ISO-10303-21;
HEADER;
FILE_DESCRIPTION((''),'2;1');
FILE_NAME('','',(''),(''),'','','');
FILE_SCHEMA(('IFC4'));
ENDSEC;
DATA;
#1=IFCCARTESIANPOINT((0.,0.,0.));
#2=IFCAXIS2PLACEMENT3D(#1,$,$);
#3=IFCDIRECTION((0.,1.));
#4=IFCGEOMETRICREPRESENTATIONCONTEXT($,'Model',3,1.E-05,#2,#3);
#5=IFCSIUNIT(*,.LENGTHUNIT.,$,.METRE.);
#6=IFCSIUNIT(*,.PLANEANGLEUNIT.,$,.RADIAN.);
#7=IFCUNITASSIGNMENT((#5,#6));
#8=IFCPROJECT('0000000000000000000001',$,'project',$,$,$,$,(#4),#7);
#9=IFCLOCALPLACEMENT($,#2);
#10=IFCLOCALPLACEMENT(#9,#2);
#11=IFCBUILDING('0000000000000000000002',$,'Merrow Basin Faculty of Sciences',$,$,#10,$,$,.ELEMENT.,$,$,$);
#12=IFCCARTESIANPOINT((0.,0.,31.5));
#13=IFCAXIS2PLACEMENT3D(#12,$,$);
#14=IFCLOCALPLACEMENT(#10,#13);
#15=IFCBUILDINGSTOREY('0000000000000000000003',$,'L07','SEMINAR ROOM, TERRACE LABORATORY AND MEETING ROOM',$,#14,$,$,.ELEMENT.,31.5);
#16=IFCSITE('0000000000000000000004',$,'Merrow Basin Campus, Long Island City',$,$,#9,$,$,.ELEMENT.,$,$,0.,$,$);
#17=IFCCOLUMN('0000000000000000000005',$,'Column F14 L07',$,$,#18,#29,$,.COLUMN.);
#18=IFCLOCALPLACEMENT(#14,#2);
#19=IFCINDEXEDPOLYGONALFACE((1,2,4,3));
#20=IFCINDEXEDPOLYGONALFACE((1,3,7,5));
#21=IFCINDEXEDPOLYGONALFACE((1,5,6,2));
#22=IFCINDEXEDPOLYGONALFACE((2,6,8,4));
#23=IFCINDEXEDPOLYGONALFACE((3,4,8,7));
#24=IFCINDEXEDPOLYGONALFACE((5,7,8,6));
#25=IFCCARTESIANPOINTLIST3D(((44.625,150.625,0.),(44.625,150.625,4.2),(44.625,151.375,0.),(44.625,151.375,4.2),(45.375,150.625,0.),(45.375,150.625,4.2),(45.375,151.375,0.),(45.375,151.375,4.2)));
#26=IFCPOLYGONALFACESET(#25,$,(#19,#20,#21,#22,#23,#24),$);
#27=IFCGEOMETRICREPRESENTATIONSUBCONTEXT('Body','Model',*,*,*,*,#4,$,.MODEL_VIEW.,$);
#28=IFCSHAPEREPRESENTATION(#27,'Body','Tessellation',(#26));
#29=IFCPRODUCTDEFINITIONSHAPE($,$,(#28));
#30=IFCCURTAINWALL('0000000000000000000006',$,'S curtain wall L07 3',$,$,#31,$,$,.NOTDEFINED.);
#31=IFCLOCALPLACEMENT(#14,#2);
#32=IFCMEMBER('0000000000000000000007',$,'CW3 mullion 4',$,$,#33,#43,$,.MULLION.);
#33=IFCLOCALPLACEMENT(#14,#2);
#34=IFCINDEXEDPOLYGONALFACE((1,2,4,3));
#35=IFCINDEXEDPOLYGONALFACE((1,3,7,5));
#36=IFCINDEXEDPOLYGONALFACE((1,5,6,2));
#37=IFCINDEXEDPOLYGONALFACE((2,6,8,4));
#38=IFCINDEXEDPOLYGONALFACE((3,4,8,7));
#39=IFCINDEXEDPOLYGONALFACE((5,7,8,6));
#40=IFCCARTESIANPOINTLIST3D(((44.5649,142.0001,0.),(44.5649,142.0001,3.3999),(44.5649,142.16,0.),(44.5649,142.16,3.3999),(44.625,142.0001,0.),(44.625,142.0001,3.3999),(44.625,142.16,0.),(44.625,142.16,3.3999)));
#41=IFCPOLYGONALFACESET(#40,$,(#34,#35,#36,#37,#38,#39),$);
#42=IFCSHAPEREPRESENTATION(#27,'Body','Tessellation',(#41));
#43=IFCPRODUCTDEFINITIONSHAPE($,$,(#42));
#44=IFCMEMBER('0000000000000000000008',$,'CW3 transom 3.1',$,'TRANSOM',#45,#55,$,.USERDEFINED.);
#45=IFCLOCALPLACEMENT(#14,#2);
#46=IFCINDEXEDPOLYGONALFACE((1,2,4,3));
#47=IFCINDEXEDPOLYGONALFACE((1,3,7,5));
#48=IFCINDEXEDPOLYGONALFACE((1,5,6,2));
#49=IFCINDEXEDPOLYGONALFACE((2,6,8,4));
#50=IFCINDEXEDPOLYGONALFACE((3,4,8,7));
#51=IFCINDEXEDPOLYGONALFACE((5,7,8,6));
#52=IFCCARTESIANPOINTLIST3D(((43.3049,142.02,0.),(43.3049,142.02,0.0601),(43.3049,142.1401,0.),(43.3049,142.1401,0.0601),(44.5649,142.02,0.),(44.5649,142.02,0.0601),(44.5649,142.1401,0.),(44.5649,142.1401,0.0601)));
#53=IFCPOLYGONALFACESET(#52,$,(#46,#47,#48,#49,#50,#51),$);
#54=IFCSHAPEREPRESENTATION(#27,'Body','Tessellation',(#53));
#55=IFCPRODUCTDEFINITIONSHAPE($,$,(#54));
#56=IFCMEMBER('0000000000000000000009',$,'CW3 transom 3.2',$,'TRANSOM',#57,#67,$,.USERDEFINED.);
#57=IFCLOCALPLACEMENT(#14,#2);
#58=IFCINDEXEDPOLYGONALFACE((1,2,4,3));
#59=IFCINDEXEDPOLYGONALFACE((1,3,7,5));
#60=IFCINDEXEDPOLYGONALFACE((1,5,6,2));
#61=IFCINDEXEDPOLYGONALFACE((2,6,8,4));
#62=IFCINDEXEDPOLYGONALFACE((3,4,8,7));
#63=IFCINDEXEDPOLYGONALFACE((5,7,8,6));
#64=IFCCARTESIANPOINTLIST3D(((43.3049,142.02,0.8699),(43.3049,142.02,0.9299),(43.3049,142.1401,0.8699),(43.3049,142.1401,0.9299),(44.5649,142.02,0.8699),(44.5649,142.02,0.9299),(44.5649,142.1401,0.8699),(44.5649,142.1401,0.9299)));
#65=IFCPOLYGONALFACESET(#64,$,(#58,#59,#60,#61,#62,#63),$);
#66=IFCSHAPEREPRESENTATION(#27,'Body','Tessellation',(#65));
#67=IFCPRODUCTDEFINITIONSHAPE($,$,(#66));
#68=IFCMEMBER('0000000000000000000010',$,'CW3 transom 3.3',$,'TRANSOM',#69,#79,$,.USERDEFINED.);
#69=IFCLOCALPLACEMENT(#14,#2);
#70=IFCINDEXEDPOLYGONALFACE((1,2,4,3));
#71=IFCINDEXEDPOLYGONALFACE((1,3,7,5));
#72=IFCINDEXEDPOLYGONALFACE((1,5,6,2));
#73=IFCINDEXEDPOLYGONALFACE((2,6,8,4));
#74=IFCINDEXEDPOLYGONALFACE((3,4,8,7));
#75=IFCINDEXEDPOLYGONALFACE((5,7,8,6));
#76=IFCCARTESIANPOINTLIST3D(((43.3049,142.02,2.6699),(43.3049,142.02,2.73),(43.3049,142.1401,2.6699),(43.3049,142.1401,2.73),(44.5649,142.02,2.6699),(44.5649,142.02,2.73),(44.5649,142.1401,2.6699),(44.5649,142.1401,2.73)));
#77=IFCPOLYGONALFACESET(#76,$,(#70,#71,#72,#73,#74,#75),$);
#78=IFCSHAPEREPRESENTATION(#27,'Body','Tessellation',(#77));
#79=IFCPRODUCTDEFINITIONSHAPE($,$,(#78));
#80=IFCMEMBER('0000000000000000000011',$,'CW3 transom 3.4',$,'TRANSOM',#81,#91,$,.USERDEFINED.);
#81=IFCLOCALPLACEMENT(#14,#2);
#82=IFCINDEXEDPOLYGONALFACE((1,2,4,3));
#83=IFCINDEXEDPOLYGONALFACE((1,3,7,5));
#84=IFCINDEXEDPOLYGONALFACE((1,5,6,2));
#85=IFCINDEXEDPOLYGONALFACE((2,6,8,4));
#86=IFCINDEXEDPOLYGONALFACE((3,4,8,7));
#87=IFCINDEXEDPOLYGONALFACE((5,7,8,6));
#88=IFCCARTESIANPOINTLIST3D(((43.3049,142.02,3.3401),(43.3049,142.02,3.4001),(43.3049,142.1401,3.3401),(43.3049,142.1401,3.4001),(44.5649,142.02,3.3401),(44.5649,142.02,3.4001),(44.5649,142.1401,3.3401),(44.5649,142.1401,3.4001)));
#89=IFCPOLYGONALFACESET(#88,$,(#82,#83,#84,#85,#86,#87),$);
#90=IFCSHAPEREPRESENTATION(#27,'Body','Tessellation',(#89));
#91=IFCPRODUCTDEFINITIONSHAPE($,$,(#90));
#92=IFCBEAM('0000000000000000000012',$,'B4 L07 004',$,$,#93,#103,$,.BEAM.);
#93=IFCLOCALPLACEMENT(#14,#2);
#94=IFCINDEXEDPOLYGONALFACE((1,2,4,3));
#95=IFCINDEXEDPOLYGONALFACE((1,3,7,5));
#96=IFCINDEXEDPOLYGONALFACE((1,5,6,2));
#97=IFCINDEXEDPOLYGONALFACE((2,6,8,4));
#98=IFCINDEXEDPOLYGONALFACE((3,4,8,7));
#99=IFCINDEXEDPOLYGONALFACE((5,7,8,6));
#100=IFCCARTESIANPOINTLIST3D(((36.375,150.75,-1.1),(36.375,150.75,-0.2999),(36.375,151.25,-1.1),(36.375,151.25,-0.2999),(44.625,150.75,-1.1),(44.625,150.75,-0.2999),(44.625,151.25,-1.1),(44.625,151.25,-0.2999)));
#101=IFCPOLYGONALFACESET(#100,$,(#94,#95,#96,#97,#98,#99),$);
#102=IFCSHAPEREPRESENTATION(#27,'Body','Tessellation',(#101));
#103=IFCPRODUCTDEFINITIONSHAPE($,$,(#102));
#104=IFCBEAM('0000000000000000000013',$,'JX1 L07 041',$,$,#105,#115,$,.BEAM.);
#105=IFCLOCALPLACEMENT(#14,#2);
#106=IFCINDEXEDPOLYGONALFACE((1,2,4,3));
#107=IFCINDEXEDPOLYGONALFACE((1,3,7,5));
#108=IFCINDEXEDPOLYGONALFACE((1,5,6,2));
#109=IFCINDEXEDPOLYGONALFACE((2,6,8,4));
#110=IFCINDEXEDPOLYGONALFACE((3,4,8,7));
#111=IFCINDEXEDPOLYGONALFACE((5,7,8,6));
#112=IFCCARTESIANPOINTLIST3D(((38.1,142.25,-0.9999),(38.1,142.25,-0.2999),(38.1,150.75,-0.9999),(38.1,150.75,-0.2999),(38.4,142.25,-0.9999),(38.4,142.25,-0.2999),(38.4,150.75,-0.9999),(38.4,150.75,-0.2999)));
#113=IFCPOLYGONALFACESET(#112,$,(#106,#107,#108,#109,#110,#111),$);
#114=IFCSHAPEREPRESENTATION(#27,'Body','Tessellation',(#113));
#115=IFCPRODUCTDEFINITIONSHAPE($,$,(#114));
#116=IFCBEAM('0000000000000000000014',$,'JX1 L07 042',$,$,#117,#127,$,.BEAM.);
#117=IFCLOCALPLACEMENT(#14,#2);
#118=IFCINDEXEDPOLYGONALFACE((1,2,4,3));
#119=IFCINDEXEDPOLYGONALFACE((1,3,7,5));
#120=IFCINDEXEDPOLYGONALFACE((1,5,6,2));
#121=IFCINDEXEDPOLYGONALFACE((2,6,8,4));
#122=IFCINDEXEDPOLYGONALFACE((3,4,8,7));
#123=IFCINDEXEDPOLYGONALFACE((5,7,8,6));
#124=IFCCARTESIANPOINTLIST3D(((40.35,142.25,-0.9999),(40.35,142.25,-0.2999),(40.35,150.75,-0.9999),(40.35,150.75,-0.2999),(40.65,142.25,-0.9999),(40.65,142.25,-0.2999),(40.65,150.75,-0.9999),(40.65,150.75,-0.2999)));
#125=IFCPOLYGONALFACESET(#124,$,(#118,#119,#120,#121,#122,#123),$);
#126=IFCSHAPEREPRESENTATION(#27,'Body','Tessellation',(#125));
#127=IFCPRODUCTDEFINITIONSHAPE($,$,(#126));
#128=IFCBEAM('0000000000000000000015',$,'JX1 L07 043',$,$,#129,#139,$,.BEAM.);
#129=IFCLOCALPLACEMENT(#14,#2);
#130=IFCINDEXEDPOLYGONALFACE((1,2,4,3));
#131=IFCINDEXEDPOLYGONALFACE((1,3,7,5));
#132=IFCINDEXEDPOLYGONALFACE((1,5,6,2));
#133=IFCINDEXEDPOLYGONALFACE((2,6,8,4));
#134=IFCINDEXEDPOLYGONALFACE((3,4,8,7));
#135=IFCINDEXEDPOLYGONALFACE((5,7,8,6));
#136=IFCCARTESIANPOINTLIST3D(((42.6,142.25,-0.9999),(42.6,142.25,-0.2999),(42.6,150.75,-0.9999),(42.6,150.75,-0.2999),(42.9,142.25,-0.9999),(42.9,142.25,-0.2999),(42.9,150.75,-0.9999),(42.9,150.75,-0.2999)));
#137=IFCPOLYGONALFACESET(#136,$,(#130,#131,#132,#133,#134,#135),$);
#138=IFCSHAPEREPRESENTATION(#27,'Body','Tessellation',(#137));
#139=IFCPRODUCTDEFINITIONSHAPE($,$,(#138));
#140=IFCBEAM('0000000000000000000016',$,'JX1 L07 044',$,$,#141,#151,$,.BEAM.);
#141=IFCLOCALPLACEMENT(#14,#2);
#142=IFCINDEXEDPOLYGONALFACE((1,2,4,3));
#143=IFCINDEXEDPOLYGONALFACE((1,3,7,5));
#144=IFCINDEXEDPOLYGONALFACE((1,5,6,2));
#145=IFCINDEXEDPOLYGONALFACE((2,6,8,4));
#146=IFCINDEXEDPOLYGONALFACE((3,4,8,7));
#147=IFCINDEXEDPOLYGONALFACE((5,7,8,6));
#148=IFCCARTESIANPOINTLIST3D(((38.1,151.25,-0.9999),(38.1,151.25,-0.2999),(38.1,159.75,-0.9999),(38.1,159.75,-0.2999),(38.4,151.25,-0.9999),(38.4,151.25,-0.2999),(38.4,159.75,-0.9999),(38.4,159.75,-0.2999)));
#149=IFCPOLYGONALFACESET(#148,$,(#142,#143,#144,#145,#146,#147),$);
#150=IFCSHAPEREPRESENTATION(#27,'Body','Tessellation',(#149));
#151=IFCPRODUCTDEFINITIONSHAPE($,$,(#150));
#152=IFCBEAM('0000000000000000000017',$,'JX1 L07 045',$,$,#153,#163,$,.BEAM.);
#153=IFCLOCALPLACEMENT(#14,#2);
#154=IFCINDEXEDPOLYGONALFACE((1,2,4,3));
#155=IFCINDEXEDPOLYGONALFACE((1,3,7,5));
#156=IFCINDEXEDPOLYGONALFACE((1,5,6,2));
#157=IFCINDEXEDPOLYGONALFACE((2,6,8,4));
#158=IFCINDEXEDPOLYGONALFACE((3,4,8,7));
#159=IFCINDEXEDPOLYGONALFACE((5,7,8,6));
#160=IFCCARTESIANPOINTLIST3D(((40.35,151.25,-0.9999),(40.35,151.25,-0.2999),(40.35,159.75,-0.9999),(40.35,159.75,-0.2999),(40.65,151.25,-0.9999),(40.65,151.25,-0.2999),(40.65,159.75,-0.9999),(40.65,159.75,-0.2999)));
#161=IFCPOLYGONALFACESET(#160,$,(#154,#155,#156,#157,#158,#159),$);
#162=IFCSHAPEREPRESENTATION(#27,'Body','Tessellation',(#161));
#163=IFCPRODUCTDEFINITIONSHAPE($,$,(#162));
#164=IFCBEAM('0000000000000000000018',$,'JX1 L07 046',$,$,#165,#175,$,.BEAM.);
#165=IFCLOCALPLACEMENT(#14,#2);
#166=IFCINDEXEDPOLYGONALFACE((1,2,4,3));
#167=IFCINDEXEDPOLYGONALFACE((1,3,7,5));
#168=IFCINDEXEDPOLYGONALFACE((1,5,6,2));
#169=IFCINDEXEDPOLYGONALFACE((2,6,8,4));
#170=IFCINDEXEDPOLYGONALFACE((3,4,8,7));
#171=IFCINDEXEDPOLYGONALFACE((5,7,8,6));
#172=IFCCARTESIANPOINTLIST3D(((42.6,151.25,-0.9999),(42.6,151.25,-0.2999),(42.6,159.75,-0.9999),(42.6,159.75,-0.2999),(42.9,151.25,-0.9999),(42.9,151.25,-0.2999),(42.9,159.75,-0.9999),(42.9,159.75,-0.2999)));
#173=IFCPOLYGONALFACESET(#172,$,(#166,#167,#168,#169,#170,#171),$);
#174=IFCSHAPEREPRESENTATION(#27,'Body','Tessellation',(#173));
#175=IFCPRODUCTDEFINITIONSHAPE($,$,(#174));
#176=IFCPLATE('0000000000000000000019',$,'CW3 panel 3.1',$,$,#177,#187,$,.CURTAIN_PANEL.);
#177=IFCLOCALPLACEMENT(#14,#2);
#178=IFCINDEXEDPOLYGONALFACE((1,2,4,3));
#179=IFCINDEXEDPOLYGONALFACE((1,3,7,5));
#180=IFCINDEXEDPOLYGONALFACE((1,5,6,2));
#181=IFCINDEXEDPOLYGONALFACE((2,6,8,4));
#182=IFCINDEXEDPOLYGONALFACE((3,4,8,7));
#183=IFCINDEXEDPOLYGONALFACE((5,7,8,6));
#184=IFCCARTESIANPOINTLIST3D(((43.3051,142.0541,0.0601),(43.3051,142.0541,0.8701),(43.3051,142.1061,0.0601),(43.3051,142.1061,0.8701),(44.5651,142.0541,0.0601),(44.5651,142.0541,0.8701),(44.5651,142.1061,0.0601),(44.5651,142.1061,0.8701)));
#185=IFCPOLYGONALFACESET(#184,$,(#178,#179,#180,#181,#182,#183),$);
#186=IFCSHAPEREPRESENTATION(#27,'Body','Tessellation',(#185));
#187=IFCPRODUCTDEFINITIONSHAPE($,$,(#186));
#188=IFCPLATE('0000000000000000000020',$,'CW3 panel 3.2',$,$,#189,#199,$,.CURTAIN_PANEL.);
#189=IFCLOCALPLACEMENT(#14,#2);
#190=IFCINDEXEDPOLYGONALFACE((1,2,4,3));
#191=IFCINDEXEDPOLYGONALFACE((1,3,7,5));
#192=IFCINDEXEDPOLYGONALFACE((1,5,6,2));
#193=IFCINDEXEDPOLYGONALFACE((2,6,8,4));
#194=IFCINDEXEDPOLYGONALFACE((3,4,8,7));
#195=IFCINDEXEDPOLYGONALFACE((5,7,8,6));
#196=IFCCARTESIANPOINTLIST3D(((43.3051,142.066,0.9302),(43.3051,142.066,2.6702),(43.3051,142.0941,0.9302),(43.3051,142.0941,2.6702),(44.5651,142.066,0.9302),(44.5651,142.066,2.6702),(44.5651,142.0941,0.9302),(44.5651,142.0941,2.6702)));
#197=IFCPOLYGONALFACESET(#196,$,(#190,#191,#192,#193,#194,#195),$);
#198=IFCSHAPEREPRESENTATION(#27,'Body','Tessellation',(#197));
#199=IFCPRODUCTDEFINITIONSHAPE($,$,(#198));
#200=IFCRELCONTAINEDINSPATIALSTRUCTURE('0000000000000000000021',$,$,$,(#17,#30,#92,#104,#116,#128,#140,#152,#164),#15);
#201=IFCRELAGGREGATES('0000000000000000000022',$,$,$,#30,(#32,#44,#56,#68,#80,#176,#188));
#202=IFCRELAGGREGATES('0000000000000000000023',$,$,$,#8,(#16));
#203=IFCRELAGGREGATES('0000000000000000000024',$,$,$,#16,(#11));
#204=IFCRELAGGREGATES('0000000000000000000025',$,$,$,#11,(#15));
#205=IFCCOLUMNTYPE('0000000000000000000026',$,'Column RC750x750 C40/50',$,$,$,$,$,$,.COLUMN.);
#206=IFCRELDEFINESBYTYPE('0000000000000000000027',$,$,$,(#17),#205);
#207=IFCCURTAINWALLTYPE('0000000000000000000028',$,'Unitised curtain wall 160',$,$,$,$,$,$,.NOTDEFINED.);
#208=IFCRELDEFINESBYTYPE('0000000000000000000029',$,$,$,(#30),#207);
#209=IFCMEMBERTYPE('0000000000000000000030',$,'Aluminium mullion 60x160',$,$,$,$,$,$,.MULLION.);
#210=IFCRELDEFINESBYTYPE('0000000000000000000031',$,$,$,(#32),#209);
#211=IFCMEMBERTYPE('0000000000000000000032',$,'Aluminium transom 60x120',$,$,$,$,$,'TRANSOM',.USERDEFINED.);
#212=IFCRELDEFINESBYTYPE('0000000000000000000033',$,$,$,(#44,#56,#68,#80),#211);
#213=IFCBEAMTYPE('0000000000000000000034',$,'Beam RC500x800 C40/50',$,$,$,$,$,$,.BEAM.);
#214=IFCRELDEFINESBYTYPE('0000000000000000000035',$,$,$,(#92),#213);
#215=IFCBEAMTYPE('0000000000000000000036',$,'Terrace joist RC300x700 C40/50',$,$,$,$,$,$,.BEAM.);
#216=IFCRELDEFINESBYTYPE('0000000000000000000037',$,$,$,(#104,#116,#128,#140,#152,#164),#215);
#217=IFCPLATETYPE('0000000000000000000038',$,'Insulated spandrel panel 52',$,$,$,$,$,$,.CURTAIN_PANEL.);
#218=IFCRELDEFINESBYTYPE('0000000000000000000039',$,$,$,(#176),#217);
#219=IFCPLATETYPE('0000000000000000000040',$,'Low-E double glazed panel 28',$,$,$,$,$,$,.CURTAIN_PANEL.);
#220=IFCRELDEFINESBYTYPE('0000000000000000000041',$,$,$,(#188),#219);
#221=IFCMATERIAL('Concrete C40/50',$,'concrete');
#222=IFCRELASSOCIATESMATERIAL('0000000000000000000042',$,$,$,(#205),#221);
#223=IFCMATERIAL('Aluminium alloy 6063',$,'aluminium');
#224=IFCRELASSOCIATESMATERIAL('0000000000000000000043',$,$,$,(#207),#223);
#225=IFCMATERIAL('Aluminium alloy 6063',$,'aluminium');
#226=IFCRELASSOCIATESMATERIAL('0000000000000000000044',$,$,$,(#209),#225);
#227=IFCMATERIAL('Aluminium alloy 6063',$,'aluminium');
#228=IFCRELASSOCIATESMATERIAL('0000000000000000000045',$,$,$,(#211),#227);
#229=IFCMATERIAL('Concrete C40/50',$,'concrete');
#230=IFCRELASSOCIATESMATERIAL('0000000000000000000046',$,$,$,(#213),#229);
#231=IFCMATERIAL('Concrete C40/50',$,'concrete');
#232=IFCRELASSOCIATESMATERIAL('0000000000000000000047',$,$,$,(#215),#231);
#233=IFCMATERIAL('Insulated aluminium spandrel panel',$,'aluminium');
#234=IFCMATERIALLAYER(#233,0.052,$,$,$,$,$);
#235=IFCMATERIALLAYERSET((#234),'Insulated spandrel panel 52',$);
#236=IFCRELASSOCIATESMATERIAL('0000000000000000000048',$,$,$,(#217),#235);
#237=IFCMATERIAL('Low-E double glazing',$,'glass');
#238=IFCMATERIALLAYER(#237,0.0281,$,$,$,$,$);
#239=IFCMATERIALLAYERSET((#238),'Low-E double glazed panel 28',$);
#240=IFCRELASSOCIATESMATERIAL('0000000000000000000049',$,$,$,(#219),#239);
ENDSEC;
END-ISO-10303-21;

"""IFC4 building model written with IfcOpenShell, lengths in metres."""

from ifc_helpers import new_model, si_unit, direction, frame, origin, origin_2d, place, context, subcontext, project, spatial, rectangle, extrude, material, layer, layer_set, material_profile, profile_set, type_object, element, aggregate, save


model = new_model("IFC4")

# Units and contexts
model_context = context("Model", 3, precision=1e-05, world=origin(), true_north=direction((0.0, 1.0)))
body_context = subcontext(model_context, "Body", "Model", "MODEL_VIEW")
ifc_project = project(units=[si_unit("LENGTHUNIT", "METRE"), si_unit("PLANEANGLEUNIT", "RADIAN")], contexts=[model_context])

# Site, building, storey
site_placement = place(None, origin())
site = spatial("IfcSite", under=ifc_project, at=site_placement, Name="Merrow Basin Campus, Long Island City", CompositionType="ELEMENT", RefElevation=0.0)
building_placement = place(site_placement, origin())
building = spatial("IfcBuilding", under=site, at=building_placement, Name="Merrow Basin Faculty of Sciences", CompositionType="ELEMENT")
storey_placement = place(building_placement, frame((0.0, 0.0, 31.5)))
storey = spatial("IfcBuildingStorey", under=building, at=storey_placement, Name="L07", Description="SEMINAR ROOM, TERRACE LABORATORY AND MEETING ROOM", CompositionType="ELEMENT", Elevation=31.5)

# Column
ifc_material_1 = material(Name="Concrete C40/50", Category="concrete")
ifc_material_profile_1 = material_profile(ifc_material_1, rectangle(XDim=0.75, YDim=0.75, at=origin_2d()))
ifc_profile_set_1 = profile_set([ifc_material_profile_1], Name="Concrete C40/50")
column_type = type_object("IfcColumnType", Name="Column RC750x750 C40/50", PredefinedType="COLUMN", material=ifc_profile_set_1)
column_placement = place(storey_placement, frame((45.0, 151.0, 0.0), z_axis=(0.0, 0.0, 1.0), x_axis=(1.0, 0.0, 0.0)))
element("IfcColumn", 1, at=column_placement, inside=storey, type_object=column_type, Name="Column F14 L07", PredefinedType="COLUMN", context=body_context, shape_type="SweptSolid", body=[
    extrude(rectangle(XDim=0.75, YDim=0.75, at=origin_2d()), origin(), (0.0, 0.0, 1.0), 4.2),
])

# Curtain wall, members
ifc_material_2 = material(Name="Aluminium alloy 6063", Category="aluminium")
curtain_wall_type = type_object("IfcCurtainWallType", Name="Unitised curtain wall 160", PredefinedType="NOTDEFINED", material=ifc_material_2)
curtain_wall_placement = place(storey_placement, origin())
curtain_wall = element("IfcCurtainWall", 2, at=curtain_wall_placement, inside=storey, type_object=curtain_wall_type, Name="S curtain wall L07 3", PredefinedType="NOTDEFINED")
ifc_material_3 = material(Name="Aluminium alloy 6063", Category="aluminium")
ifc_material_profile_2 = material_profile(ifc_material_3, rectangle(XDim=0.1599, YDim=0.0601, at=origin_2d()))
ifc_profile_set_2 = profile_set([ifc_material_profile_2], Name="Aluminium alloy 6063")
member_type_1 = type_object("IfcMemberType", Name="Aluminium mullion 60x160", PredefinedType="MULLION", material=ifc_profile_set_2)
member_1_placement = place(storey_placement, frame((44.595, 142.0801, 0.0), z_axis=(0.0, 0.0, 1.0), x_axis=(0.0, 1.0, 0.0)))
member_1 = element("IfcMember", 3, at=member_1_placement, type_object=member_type_1, Name="CW3 mullion 4", PredefinedType="MULLION", context=body_context, shape_type="SweptSolid", body=[
    extrude(rectangle(XDim=0.1599, YDim=0.0601, at=origin_2d()), origin(), (0.0, 0.0, 1.0), 3.3999),
])
ifc_material_4 = material(Name="Aluminium alloy 6063", Category="aluminium")
ifc_material_profile_3 = material_profile(ifc_material_4, rectangle(XDim=0.1201, YDim=0.0601, at=origin_2d()))
ifc_profile_set_3 = profile_set([ifc_material_profile_3], Name="Aluminium alloy 6063")
member_type_2 = type_object("IfcMemberType", Name="Aluminium transom 60x120", ElementType="TRANSOM", PredefinedType="USERDEFINED", material=ifc_profile_set_3)
member_2_placement = place(storey_placement, frame((43.3049, 142.0801, 0.03), z_axis=(1.0, 0.0, 0.0), x_axis=(0.0, 1.0, 0.0)))
member_2 = element("IfcMember", 4, at=member_2_placement, type_object=member_type_2, Name="CW3 transom 3.1", ObjectType="TRANSOM", PredefinedType="USERDEFINED", context=body_context, shape_type="SweptSolid", body=[
    extrude(rectangle(XDim=0.1201, YDim=0.0601, at=origin_2d()), origin(), (0.0, 0.0, 1.0), 1.26),
])
member_3_placement = place(storey_placement, frame((43.3049, 142.0801, 0.8999), z_axis=(1.0, 0.0, 0.0), x_axis=(0.0, 1.0, 0.0)))
member_3 = element("IfcMember", 5, at=member_3_placement, type_object=member_type_2, Name="CW3 transom 3.2", ObjectType="TRANSOM", PredefinedType="USERDEFINED", context=body_context, shape_type="SweptSolid", body=[
    extrude(rectangle(XDim=0.1201, YDim=0.0601, at=origin_2d()), origin(), (0.0, 0.0, 1.0), 1.26),
])
member_4_placement = place(storey_placement, frame((43.3049, 142.0801, 2.7), z_axis=(1.0, 0.0, 0.0), x_axis=(0.0, 1.0, 0.0)))
member_4 = element("IfcMember", 6, at=member_4_placement, type_object=member_type_2, Name="CW3 transom 3.3", ObjectType="TRANSOM", PredefinedType="USERDEFINED", context=body_context, shape_type="SweptSolid", body=[
    extrude(rectangle(XDim=0.1201, YDim=0.0601, at=origin_2d()), origin(), (0.0, 0.0, 1.0), 1.26),
])
member_5_placement = place(storey_placement, frame((43.3049, 142.0801, 3.3701), z_axis=(1.0, 0.0, 0.0), x_axis=(0.0, 1.0, 0.0)))
member_5 = element("IfcMember", 7, at=member_5_placement, type_object=member_type_2, Name="CW3 transom 3.4", ObjectType="TRANSOM", PredefinedType="USERDEFINED", context=body_context, shape_type="SweptSolid", body=[
    extrude(rectangle(XDim=0.1201, YDim=0.0601, at=origin_2d()), origin(), (0.0, 0.0, 1.0), 1.26),
])

# Beams
ifc_material_5 = material(Name="Concrete C40/50", Category="concrete")
ifc_material_profile_4 = material_profile(ifc_material_5, rectangle(XDim=0.5, YDim=0.8, at=origin_2d()))
ifc_profile_set_4 = profile_set([ifc_material_profile_4], Name="Concrete C40/50")
beam_type_1 = type_object("IfcBeamType", Name="Beam RC500x800 C40/50", PredefinedType="BEAM", material=ifc_profile_set_4)
beam_placement = place(storey_placement, frame((36.375, 151.0, -0.7), z_axis=(1.0, 0.0, 0.0), x_axis=(0.0, 1.0, 0.0)))
element("IfcBeam", 8, at=beam_placement, inside=storey, type_object=beam_type_1, Name="B4 L07 004", PredefinedType="BEAM", context=body_context, shape_type="SweptSolid", body=[
    extrude(rectangle(XDim=0.5, YDim=0.8, at=origin_2d()), origin(), (0.0, 0.0, 1.0), 8.25),
])
ifc_material_6 = material(Name="Concrete C40/50", Category="concrete")
ifc_material_profile_5 = material_profile(ifc_material_6, rectangle(XDim=0.3, YDim=0.7, at=origin_2d()))
ifc_profile_set_5 = profile_set([ifc_material_profile_5], Name="Concrete C40/50")
beam_type_2 = type_object("IfcBeamType", Name="Terrace joist RC300x700 C40/50", PredefinedType="BEAM", material=ifc_profile_set_5)
for number, where, z_axis, x_axis, name in (
    (9, (38.25, 142.25, -0.6499), (0.0, 1.0, 0.0), (-1.0, 0.0, 0.0), "JX1 L07 041"),
    (10, (40.5, 142.25, -0.6499), (0.0, 1.0, 0.0), (-1.0, 0.0, 0.0), "JX1 L07 042"),
    (11, (42.75, 142.25, -0.6499), (0.0, 1.0, 0.0), (-1.0, 0.0, 0.0), "JX1 L07 043"),
    (12, (38.25, 151.25, -0.6499), (0.0, 1.0, 0.0), (-1.0, 0.0, 0.0), "JX1 L07 044"),
    (13, (40.5, 151.25, -0.6499), (0.0, 1.0, 0.0), (-1.0, 0.0, 0.0), "JX1 L07 045"),
    (14, (42.75, 151.25, -0.6499), (0.0, 1.0, 0.0), (-1.0, 0.0, 0.0), "JX1 L07 046"),
):
    element("IfcBeam", number, at=place(storey_placement, frame(where, z_axis=z_axis, x_axis=x_axis)), inside=storey, type_object=beam_type_2, Name=name, PredefinedType="BEAM", context=body_context, shape_type="SweptSolid", body=[
        extrude(rectangle(XDim=0.3, YDim=0.7, at=origin_2d()), origin(), (0.0, 0.0, 1.0), 8.5),
    ])

# Plates
ifc_material_7 = material(Name="Insulated aluminium spandrel panel", Category="aluminium")
ifc_layer_1 = layer(ifc_material_7, 0.052)
ifc_layer_set_1 = layer_set([ifc_layer_1], Name="Insulated spandrel panel 52")
plate_type_1 = type_object("IfcPlateType", Name="Insulated spandrel panel 52", PredefinedType="CURTAIN_PANEL", material=ifc_layer_set_1)
plate_1_placement = place(storey_placement, frame((43.9351, 142.0801, 0.0601), z_axis=(0.0, 0.0, 1.0), x_axis=(1.0, 0.0, 0.0)))
plate_1 = element("IfcPlate", 15, at=plate_1_placement, type_object=plate_type_1, Name="CW3 panel 3.1", PredefinedType="CURTAIN_PANEL", context=body_context, shape_type="SweptSolid", body=[
    extrude(rectangle(XDim=1.26, YDim=0.052, at=origin_2d()), origin(), (0.0, 0.0, 1.0), 0.8101),
])
ifc_material_8 = material(Name="Low-E double glazing", Category="glass")
ifc_layer_2 = layer(ifc_material_8, 0.0281)
ifc_layer_set_2 = layer_set([ifc_layer_2], Name="Low-E double glazed panel 28")
plate_type_2 = type_object("IfcPlateType", Name="Low-E double glazed panel 28", PredefinedType="CURTAIN_PANEL", material=ifc_layer_set_2)
plate_2_placement = place(storey_placement, frame((43.9351, 142.0801, 0.9302), z_axis=(0.0, 0.0, 1.0), x_axis=(1.0, 0.0, 0.0)))
plate_2 = element("IfcPlate", 16, at=plate_2_placement, type_object=plate_type_2, Name="CW3 panel 3.2", PredefinedType="CURTAIN_PANEL", context=body_context, shape_type="SweptSolid", body=[
    extrude(rectangle(XDim=1.26, YDim=0.0281, at=origin_2d()), origin(), (0.0, 0.0, 1.0), 1.74),
])
aggregate(curtain_wall, [member_1, member_2, member_3, member_4, member_5, plate_1, plate_2])

save(model, "model.ifc")
